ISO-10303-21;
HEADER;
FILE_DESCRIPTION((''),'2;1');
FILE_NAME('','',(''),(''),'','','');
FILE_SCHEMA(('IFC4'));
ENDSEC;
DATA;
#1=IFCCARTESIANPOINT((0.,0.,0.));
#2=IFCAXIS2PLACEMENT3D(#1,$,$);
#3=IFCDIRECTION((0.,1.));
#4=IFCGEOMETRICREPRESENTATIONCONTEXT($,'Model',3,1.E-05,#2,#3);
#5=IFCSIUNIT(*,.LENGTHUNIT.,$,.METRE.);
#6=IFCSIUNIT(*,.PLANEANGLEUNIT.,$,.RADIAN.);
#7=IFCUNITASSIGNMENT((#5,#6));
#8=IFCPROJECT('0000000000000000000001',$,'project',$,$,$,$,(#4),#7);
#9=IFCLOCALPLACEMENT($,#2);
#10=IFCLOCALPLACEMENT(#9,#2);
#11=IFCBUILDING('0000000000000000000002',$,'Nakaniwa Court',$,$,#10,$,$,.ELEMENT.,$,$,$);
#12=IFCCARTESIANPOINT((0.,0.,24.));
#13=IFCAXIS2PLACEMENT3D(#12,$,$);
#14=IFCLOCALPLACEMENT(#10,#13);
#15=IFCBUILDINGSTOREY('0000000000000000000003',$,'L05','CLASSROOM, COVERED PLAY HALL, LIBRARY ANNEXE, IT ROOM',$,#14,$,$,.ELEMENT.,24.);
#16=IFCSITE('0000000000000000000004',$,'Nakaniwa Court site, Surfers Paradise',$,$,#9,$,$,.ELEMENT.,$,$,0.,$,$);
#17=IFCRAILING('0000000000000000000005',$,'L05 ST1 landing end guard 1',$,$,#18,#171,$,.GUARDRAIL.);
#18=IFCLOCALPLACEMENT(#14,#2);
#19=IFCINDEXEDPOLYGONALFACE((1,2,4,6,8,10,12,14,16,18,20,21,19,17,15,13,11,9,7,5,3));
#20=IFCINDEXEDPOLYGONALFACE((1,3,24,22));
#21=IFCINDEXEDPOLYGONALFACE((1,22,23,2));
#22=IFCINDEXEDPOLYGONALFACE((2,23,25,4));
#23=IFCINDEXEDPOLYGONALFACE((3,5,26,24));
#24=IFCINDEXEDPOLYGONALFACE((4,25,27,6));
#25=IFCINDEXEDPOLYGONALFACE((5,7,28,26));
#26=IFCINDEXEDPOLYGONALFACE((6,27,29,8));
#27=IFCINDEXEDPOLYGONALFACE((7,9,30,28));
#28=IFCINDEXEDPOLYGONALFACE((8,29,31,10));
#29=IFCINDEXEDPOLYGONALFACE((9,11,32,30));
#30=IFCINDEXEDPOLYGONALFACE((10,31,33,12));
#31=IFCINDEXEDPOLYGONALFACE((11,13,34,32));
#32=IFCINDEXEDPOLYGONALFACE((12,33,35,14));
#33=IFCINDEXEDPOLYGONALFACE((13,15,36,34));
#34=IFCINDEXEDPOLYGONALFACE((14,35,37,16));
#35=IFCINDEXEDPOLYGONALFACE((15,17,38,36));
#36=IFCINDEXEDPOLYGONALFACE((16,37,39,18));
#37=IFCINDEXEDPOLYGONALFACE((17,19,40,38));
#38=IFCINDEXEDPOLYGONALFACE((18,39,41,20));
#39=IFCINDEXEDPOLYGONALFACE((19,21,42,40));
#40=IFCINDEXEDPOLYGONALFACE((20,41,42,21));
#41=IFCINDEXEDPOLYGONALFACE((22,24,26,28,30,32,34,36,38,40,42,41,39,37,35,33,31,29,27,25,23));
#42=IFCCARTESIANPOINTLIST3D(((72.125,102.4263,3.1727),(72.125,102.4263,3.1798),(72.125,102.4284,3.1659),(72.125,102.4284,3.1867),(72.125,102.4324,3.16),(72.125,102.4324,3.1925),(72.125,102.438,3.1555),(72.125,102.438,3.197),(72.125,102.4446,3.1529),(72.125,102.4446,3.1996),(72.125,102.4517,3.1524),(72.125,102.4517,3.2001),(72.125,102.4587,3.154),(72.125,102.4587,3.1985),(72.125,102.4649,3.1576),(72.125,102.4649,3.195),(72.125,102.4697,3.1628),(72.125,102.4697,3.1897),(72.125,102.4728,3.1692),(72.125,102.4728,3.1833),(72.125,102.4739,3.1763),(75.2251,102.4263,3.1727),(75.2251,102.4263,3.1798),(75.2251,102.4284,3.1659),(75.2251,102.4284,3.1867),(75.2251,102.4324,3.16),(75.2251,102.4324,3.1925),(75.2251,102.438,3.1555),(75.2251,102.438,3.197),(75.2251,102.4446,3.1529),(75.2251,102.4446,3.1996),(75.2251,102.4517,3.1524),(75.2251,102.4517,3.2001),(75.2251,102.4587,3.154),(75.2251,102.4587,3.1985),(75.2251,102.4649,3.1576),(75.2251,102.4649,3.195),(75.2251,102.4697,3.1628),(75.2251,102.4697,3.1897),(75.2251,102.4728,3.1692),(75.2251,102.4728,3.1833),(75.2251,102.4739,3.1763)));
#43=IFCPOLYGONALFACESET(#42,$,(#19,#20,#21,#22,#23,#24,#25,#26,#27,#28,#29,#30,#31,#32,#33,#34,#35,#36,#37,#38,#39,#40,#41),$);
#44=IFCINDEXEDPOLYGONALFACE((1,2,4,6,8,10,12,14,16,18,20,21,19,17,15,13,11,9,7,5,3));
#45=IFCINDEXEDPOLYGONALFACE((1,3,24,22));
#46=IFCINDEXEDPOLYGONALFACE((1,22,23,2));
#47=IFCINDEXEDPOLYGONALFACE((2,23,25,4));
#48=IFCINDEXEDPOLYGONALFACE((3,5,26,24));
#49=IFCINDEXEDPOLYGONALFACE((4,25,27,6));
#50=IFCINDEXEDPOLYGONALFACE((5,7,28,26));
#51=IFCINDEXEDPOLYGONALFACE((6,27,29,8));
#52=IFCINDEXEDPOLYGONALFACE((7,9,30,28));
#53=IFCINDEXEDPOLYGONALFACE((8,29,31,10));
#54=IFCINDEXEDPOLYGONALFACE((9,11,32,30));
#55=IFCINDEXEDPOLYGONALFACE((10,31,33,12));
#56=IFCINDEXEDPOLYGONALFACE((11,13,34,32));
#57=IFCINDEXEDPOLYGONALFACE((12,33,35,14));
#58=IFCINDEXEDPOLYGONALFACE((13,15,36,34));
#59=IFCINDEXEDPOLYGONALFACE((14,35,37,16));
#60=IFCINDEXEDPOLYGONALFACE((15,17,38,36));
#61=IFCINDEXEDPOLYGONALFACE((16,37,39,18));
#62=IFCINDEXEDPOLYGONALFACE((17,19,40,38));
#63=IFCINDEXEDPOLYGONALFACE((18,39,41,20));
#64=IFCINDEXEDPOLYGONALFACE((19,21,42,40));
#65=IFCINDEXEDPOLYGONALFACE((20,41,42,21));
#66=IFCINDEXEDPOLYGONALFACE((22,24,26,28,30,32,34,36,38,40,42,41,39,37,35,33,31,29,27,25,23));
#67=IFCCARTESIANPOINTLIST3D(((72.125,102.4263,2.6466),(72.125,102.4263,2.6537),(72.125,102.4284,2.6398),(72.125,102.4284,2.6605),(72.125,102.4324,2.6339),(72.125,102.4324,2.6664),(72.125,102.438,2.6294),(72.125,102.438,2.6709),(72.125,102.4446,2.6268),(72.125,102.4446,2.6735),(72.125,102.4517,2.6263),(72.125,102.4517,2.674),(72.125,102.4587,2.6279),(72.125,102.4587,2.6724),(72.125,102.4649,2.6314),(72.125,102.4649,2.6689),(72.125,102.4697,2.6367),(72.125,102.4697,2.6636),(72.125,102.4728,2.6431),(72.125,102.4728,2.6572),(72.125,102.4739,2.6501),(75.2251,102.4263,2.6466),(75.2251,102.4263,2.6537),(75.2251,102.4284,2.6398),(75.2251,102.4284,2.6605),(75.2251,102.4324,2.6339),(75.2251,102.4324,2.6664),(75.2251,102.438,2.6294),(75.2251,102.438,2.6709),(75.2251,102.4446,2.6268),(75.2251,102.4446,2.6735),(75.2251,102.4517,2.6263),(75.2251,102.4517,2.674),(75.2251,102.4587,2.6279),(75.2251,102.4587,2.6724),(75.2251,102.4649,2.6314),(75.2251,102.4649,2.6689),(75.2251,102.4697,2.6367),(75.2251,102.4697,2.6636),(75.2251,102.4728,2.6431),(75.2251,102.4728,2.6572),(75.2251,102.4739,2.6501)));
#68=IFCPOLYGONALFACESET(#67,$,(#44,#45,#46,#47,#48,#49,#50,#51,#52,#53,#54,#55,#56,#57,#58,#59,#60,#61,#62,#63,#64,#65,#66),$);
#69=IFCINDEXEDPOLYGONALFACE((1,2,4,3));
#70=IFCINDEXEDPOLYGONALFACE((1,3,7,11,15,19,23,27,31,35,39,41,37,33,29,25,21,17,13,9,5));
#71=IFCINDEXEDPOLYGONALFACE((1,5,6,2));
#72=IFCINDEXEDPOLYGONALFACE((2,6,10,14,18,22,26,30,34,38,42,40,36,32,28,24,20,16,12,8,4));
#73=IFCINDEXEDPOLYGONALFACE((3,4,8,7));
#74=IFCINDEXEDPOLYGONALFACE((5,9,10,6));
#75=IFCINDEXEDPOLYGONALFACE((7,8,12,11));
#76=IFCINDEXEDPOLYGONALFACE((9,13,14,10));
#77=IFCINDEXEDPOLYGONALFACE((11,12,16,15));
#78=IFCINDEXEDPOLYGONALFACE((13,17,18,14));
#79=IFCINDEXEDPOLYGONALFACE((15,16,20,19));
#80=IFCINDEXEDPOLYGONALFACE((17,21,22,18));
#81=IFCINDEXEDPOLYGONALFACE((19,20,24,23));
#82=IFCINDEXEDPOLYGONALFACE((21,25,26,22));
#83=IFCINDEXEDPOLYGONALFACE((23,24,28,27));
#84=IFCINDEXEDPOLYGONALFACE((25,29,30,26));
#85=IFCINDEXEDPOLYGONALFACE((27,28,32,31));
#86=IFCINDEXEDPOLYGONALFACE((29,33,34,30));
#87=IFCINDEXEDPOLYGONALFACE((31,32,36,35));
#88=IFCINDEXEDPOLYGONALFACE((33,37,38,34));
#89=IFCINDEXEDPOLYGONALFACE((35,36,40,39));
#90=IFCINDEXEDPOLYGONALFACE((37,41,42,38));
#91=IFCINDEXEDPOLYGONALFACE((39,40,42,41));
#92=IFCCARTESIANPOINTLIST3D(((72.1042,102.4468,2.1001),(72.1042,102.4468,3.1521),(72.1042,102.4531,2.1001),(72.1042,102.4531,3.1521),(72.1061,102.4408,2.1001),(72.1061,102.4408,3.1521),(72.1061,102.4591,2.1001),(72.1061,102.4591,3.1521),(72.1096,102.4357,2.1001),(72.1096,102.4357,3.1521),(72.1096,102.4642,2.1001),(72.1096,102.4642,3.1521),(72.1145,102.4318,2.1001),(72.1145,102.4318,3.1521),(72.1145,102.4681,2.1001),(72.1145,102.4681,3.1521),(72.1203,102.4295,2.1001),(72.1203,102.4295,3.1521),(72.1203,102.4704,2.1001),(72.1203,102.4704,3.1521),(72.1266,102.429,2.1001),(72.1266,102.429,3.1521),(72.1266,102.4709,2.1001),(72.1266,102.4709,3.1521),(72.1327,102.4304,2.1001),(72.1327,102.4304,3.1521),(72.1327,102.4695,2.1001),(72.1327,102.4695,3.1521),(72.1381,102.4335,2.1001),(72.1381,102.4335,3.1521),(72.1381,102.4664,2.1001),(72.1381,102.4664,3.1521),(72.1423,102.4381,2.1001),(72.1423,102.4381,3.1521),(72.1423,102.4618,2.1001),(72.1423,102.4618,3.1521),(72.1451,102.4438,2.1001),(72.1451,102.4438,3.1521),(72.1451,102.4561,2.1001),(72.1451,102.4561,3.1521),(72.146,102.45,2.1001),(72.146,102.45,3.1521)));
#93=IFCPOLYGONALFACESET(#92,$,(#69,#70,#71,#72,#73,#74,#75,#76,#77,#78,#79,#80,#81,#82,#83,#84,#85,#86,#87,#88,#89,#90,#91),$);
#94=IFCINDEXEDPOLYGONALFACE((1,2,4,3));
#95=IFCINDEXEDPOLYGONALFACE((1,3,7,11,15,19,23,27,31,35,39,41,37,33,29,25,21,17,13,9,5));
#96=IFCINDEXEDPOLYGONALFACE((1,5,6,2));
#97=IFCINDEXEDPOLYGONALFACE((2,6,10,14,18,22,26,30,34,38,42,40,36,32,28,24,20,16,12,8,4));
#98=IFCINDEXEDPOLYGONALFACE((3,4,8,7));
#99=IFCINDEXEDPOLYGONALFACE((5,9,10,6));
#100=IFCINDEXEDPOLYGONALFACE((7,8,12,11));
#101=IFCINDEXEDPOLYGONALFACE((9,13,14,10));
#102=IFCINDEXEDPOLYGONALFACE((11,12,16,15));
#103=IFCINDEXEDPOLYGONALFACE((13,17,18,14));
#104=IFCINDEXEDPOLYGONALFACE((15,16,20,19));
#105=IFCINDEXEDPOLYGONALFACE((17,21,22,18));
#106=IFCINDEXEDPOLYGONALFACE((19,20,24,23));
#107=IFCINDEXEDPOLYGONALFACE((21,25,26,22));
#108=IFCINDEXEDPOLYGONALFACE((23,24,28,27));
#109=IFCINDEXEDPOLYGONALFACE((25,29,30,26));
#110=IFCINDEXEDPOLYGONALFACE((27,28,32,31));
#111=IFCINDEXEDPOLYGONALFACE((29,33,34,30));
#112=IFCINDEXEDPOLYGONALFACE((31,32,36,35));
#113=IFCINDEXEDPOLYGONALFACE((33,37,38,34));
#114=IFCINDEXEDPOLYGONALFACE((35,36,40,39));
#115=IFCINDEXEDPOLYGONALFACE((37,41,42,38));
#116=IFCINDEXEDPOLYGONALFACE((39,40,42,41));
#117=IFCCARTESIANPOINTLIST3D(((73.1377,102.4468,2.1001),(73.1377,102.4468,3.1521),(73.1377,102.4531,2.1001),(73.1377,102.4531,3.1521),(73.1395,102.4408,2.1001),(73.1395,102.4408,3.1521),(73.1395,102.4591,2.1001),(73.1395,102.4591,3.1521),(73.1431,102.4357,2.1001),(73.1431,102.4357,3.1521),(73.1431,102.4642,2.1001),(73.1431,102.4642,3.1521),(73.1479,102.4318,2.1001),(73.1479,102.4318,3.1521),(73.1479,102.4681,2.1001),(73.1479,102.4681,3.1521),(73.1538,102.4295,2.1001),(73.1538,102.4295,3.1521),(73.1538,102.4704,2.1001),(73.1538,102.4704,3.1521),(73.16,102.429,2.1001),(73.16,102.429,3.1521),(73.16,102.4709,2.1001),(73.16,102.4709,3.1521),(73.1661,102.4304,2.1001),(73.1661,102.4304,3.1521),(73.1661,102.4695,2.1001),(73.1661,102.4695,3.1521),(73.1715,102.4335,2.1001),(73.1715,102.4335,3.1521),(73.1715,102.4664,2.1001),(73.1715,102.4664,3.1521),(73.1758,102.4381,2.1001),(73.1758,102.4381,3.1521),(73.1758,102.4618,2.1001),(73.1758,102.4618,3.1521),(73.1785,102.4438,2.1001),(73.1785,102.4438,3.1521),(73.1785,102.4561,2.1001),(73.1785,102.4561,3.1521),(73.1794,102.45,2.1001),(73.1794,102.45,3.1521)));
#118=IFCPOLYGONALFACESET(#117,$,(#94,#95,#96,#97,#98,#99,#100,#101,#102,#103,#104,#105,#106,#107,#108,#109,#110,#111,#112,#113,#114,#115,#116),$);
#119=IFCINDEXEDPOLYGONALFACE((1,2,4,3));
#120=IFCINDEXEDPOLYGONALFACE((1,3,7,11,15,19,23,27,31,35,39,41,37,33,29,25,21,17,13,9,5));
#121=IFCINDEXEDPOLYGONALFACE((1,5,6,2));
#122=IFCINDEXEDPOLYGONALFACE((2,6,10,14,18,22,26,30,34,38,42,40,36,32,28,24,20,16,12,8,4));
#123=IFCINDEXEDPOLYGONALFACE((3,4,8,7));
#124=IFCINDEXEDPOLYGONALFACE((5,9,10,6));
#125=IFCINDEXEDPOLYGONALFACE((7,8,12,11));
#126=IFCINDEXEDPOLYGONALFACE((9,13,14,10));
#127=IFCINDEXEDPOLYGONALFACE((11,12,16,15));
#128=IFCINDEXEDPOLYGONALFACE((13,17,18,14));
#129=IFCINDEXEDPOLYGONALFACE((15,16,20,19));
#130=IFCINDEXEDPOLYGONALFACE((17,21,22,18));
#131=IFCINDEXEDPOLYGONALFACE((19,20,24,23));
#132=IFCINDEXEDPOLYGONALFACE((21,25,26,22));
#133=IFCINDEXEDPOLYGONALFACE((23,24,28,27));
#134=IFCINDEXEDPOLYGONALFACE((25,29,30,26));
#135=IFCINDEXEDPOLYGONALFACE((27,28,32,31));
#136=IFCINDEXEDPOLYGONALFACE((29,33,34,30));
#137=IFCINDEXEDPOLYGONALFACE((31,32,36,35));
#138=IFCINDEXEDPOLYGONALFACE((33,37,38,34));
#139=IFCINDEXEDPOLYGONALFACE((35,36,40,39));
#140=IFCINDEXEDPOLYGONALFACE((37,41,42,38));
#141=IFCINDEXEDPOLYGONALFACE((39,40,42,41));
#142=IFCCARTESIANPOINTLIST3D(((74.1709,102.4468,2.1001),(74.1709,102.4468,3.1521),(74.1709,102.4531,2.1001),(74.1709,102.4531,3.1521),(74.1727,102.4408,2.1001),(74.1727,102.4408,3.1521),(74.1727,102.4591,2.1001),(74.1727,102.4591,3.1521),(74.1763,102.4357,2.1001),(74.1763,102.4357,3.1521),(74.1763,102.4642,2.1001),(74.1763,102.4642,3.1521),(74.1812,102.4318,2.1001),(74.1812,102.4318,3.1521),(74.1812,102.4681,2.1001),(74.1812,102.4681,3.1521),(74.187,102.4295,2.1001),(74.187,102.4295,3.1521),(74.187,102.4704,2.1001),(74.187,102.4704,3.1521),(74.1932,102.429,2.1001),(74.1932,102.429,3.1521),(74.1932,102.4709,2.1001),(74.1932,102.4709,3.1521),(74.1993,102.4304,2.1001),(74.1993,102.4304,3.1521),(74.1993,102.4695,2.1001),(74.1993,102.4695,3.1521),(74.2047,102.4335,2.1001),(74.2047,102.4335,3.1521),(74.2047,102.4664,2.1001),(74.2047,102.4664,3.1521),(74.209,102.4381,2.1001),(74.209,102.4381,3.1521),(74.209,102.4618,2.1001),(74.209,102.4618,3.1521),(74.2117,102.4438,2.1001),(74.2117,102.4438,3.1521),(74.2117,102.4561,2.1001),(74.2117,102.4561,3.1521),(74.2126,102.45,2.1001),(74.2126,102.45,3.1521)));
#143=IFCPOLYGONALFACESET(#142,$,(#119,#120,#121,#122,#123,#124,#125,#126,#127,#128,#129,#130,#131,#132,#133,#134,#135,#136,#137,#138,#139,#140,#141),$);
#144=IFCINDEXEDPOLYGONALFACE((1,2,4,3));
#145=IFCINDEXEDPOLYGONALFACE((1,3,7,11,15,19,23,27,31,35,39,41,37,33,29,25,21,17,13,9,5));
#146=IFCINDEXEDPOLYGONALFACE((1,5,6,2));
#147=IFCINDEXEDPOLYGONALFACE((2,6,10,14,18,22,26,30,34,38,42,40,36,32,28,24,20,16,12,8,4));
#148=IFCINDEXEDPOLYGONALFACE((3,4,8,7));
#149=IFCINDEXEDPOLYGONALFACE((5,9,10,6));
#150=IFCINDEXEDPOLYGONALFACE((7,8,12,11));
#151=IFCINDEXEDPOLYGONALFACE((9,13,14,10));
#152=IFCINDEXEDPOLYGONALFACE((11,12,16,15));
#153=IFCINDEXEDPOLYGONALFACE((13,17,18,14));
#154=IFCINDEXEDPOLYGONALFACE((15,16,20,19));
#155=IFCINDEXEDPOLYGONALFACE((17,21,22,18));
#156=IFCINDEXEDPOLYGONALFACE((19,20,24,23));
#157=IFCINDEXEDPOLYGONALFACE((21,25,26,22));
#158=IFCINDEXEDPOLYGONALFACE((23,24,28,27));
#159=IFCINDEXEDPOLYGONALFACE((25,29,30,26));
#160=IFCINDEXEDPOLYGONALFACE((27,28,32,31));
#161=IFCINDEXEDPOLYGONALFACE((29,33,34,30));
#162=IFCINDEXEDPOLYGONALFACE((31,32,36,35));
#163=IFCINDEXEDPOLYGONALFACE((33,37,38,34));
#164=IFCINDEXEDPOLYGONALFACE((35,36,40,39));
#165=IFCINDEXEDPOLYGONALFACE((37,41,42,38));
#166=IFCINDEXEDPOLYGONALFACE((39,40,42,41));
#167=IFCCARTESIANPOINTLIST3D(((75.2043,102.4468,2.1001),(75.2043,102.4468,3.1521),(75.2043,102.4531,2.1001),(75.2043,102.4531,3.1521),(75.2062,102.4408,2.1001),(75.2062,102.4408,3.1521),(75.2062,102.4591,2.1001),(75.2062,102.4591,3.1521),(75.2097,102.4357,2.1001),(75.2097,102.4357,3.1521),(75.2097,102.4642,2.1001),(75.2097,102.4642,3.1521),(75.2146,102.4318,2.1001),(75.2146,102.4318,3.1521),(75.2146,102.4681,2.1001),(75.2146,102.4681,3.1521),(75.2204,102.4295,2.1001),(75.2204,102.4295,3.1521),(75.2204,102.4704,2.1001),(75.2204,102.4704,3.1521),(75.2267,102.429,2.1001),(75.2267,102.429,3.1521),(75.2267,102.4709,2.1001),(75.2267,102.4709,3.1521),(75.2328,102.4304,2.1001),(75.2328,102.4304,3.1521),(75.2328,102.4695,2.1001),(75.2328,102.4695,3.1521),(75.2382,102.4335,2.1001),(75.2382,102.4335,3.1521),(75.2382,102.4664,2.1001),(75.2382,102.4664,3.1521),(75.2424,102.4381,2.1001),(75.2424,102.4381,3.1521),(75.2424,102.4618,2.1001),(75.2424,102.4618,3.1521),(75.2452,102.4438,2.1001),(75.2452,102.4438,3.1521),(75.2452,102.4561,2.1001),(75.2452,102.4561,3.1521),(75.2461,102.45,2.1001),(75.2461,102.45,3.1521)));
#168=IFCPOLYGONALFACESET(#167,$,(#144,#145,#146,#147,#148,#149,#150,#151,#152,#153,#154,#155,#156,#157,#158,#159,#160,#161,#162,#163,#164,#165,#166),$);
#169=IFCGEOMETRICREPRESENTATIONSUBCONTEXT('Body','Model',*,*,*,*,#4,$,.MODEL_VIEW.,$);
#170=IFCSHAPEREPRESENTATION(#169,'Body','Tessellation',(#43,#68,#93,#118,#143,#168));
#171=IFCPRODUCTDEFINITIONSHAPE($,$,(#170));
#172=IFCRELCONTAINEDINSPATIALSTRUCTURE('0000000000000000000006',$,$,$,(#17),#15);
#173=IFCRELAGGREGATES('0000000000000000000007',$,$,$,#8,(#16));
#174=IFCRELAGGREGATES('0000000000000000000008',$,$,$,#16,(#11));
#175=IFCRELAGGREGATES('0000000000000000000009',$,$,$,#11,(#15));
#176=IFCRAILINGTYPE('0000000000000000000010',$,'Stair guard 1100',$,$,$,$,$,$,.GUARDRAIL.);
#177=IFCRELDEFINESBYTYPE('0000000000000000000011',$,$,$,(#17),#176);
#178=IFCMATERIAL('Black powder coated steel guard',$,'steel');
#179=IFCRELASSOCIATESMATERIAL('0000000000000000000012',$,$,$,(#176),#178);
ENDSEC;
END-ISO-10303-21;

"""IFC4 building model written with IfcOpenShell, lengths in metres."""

from ifc_helpers import new_model, si_unit, direction, frame, origin, origin_2d, place, context, subcontext, project, spatial, circle, extrude, material, type_object, element, save


model = new_model("IFC4")

# Units and contexts
model_context = context("Model", 3, precision=1e-05, world=origin(), true_north=direction((0.0, 1.0)))
body_context = subcontext(model_context, "Body", "Model", "MODEL_VIEW")
ifc_project = project(units=[si_unit("LENGTHUNIT", "METRE"), si_unit("PLANEANGLEUNIT", "RADIAN")], contexts=[model_context])

# Site, building, storey
site_placement = place(None, origin())
site = spatial("IfcSite", under=ifc_project, at=site_placement, Name="Nakaniwa Court site, Surfers Paradise", CompositionType="ELEMENT", RefElevation=0.0)
building_placement = place(site_placement, origin())
building = spatial("IfcBuilding", under=site, at=building_placement, Name="Nakaniwa Court", CompositionType="ELEMENT")
storey_placement = place(building_placement, frame((0.0, 0.0, 24.0)))
storey = spatial("IfcBuildingStorey", under=building, at=storey_placement, Name="L05", Description="CLASSROOM, COVERED PLAY HALL, LIBRARY ANNEXE, IT ROOM", CompositionType="ELEMENT", Elevation=24.0)

# Railing
ifc_material_1 = material(Name="Black powder coated steel guard", Category="steel")
railing_type = type_object("IfcRailingType", Name="Stair guard 1100", PredefinedType="GUARDRAIL", material=ifc_material_1)
railing_1_placement = place(storey_placement, frame((72.125, 102.45, 2.1001)))
element("IfcRailing", 1, at=railing_1_placement, inside=storey, type_object=railing_type, Name="L05 ST1 landing end guard 1", PredefinedType="GUARDRAIL", context=body_context, shape_type="SweptSolid", body=[
    extrude(circle(Radius=0.0239, at=origin_2d()), frame((0.0, 0.0, 1.0762), z_axis=(1.0, 0.0, 0.0), x_axis=(0.0, 1.0, 0.0)), (0.0, 0.0, 1.0), 3.1001),
    extrude(circle(Radius=0.0239, at=origin_2d()), frame((0.0, 0.0, 0.55), z_axis=(1.0, 0.0, 0.0), x_axis=(0.0, 1.0, 0.0)), (0.0, 0.0, 1.0), 3.1001),
    extrude(circle(Radius=0.021, at=origin_2d()), origin(), (0.0, 0.0, 1.0), 1.052),
    extrude(circle(Radius=0.021, at=origin_2d()), frame((1.0334, 0.0, 0.0)), (0.0, 0.0, 1.0), 1.052),
    extrude(circle(Radius=0.021, at=origin_2d()), frame((2.0667, 0.0, 0.0)), (0.0, 0.0, 1.0), 1.052),
    extrude(circle(Radius=0.021, at=origin_2d()), frame((3.1001, 0.0, 0.0)), (0.0, 0.0, 1.0), 1.052),
])

save(model, "model.ifc")
